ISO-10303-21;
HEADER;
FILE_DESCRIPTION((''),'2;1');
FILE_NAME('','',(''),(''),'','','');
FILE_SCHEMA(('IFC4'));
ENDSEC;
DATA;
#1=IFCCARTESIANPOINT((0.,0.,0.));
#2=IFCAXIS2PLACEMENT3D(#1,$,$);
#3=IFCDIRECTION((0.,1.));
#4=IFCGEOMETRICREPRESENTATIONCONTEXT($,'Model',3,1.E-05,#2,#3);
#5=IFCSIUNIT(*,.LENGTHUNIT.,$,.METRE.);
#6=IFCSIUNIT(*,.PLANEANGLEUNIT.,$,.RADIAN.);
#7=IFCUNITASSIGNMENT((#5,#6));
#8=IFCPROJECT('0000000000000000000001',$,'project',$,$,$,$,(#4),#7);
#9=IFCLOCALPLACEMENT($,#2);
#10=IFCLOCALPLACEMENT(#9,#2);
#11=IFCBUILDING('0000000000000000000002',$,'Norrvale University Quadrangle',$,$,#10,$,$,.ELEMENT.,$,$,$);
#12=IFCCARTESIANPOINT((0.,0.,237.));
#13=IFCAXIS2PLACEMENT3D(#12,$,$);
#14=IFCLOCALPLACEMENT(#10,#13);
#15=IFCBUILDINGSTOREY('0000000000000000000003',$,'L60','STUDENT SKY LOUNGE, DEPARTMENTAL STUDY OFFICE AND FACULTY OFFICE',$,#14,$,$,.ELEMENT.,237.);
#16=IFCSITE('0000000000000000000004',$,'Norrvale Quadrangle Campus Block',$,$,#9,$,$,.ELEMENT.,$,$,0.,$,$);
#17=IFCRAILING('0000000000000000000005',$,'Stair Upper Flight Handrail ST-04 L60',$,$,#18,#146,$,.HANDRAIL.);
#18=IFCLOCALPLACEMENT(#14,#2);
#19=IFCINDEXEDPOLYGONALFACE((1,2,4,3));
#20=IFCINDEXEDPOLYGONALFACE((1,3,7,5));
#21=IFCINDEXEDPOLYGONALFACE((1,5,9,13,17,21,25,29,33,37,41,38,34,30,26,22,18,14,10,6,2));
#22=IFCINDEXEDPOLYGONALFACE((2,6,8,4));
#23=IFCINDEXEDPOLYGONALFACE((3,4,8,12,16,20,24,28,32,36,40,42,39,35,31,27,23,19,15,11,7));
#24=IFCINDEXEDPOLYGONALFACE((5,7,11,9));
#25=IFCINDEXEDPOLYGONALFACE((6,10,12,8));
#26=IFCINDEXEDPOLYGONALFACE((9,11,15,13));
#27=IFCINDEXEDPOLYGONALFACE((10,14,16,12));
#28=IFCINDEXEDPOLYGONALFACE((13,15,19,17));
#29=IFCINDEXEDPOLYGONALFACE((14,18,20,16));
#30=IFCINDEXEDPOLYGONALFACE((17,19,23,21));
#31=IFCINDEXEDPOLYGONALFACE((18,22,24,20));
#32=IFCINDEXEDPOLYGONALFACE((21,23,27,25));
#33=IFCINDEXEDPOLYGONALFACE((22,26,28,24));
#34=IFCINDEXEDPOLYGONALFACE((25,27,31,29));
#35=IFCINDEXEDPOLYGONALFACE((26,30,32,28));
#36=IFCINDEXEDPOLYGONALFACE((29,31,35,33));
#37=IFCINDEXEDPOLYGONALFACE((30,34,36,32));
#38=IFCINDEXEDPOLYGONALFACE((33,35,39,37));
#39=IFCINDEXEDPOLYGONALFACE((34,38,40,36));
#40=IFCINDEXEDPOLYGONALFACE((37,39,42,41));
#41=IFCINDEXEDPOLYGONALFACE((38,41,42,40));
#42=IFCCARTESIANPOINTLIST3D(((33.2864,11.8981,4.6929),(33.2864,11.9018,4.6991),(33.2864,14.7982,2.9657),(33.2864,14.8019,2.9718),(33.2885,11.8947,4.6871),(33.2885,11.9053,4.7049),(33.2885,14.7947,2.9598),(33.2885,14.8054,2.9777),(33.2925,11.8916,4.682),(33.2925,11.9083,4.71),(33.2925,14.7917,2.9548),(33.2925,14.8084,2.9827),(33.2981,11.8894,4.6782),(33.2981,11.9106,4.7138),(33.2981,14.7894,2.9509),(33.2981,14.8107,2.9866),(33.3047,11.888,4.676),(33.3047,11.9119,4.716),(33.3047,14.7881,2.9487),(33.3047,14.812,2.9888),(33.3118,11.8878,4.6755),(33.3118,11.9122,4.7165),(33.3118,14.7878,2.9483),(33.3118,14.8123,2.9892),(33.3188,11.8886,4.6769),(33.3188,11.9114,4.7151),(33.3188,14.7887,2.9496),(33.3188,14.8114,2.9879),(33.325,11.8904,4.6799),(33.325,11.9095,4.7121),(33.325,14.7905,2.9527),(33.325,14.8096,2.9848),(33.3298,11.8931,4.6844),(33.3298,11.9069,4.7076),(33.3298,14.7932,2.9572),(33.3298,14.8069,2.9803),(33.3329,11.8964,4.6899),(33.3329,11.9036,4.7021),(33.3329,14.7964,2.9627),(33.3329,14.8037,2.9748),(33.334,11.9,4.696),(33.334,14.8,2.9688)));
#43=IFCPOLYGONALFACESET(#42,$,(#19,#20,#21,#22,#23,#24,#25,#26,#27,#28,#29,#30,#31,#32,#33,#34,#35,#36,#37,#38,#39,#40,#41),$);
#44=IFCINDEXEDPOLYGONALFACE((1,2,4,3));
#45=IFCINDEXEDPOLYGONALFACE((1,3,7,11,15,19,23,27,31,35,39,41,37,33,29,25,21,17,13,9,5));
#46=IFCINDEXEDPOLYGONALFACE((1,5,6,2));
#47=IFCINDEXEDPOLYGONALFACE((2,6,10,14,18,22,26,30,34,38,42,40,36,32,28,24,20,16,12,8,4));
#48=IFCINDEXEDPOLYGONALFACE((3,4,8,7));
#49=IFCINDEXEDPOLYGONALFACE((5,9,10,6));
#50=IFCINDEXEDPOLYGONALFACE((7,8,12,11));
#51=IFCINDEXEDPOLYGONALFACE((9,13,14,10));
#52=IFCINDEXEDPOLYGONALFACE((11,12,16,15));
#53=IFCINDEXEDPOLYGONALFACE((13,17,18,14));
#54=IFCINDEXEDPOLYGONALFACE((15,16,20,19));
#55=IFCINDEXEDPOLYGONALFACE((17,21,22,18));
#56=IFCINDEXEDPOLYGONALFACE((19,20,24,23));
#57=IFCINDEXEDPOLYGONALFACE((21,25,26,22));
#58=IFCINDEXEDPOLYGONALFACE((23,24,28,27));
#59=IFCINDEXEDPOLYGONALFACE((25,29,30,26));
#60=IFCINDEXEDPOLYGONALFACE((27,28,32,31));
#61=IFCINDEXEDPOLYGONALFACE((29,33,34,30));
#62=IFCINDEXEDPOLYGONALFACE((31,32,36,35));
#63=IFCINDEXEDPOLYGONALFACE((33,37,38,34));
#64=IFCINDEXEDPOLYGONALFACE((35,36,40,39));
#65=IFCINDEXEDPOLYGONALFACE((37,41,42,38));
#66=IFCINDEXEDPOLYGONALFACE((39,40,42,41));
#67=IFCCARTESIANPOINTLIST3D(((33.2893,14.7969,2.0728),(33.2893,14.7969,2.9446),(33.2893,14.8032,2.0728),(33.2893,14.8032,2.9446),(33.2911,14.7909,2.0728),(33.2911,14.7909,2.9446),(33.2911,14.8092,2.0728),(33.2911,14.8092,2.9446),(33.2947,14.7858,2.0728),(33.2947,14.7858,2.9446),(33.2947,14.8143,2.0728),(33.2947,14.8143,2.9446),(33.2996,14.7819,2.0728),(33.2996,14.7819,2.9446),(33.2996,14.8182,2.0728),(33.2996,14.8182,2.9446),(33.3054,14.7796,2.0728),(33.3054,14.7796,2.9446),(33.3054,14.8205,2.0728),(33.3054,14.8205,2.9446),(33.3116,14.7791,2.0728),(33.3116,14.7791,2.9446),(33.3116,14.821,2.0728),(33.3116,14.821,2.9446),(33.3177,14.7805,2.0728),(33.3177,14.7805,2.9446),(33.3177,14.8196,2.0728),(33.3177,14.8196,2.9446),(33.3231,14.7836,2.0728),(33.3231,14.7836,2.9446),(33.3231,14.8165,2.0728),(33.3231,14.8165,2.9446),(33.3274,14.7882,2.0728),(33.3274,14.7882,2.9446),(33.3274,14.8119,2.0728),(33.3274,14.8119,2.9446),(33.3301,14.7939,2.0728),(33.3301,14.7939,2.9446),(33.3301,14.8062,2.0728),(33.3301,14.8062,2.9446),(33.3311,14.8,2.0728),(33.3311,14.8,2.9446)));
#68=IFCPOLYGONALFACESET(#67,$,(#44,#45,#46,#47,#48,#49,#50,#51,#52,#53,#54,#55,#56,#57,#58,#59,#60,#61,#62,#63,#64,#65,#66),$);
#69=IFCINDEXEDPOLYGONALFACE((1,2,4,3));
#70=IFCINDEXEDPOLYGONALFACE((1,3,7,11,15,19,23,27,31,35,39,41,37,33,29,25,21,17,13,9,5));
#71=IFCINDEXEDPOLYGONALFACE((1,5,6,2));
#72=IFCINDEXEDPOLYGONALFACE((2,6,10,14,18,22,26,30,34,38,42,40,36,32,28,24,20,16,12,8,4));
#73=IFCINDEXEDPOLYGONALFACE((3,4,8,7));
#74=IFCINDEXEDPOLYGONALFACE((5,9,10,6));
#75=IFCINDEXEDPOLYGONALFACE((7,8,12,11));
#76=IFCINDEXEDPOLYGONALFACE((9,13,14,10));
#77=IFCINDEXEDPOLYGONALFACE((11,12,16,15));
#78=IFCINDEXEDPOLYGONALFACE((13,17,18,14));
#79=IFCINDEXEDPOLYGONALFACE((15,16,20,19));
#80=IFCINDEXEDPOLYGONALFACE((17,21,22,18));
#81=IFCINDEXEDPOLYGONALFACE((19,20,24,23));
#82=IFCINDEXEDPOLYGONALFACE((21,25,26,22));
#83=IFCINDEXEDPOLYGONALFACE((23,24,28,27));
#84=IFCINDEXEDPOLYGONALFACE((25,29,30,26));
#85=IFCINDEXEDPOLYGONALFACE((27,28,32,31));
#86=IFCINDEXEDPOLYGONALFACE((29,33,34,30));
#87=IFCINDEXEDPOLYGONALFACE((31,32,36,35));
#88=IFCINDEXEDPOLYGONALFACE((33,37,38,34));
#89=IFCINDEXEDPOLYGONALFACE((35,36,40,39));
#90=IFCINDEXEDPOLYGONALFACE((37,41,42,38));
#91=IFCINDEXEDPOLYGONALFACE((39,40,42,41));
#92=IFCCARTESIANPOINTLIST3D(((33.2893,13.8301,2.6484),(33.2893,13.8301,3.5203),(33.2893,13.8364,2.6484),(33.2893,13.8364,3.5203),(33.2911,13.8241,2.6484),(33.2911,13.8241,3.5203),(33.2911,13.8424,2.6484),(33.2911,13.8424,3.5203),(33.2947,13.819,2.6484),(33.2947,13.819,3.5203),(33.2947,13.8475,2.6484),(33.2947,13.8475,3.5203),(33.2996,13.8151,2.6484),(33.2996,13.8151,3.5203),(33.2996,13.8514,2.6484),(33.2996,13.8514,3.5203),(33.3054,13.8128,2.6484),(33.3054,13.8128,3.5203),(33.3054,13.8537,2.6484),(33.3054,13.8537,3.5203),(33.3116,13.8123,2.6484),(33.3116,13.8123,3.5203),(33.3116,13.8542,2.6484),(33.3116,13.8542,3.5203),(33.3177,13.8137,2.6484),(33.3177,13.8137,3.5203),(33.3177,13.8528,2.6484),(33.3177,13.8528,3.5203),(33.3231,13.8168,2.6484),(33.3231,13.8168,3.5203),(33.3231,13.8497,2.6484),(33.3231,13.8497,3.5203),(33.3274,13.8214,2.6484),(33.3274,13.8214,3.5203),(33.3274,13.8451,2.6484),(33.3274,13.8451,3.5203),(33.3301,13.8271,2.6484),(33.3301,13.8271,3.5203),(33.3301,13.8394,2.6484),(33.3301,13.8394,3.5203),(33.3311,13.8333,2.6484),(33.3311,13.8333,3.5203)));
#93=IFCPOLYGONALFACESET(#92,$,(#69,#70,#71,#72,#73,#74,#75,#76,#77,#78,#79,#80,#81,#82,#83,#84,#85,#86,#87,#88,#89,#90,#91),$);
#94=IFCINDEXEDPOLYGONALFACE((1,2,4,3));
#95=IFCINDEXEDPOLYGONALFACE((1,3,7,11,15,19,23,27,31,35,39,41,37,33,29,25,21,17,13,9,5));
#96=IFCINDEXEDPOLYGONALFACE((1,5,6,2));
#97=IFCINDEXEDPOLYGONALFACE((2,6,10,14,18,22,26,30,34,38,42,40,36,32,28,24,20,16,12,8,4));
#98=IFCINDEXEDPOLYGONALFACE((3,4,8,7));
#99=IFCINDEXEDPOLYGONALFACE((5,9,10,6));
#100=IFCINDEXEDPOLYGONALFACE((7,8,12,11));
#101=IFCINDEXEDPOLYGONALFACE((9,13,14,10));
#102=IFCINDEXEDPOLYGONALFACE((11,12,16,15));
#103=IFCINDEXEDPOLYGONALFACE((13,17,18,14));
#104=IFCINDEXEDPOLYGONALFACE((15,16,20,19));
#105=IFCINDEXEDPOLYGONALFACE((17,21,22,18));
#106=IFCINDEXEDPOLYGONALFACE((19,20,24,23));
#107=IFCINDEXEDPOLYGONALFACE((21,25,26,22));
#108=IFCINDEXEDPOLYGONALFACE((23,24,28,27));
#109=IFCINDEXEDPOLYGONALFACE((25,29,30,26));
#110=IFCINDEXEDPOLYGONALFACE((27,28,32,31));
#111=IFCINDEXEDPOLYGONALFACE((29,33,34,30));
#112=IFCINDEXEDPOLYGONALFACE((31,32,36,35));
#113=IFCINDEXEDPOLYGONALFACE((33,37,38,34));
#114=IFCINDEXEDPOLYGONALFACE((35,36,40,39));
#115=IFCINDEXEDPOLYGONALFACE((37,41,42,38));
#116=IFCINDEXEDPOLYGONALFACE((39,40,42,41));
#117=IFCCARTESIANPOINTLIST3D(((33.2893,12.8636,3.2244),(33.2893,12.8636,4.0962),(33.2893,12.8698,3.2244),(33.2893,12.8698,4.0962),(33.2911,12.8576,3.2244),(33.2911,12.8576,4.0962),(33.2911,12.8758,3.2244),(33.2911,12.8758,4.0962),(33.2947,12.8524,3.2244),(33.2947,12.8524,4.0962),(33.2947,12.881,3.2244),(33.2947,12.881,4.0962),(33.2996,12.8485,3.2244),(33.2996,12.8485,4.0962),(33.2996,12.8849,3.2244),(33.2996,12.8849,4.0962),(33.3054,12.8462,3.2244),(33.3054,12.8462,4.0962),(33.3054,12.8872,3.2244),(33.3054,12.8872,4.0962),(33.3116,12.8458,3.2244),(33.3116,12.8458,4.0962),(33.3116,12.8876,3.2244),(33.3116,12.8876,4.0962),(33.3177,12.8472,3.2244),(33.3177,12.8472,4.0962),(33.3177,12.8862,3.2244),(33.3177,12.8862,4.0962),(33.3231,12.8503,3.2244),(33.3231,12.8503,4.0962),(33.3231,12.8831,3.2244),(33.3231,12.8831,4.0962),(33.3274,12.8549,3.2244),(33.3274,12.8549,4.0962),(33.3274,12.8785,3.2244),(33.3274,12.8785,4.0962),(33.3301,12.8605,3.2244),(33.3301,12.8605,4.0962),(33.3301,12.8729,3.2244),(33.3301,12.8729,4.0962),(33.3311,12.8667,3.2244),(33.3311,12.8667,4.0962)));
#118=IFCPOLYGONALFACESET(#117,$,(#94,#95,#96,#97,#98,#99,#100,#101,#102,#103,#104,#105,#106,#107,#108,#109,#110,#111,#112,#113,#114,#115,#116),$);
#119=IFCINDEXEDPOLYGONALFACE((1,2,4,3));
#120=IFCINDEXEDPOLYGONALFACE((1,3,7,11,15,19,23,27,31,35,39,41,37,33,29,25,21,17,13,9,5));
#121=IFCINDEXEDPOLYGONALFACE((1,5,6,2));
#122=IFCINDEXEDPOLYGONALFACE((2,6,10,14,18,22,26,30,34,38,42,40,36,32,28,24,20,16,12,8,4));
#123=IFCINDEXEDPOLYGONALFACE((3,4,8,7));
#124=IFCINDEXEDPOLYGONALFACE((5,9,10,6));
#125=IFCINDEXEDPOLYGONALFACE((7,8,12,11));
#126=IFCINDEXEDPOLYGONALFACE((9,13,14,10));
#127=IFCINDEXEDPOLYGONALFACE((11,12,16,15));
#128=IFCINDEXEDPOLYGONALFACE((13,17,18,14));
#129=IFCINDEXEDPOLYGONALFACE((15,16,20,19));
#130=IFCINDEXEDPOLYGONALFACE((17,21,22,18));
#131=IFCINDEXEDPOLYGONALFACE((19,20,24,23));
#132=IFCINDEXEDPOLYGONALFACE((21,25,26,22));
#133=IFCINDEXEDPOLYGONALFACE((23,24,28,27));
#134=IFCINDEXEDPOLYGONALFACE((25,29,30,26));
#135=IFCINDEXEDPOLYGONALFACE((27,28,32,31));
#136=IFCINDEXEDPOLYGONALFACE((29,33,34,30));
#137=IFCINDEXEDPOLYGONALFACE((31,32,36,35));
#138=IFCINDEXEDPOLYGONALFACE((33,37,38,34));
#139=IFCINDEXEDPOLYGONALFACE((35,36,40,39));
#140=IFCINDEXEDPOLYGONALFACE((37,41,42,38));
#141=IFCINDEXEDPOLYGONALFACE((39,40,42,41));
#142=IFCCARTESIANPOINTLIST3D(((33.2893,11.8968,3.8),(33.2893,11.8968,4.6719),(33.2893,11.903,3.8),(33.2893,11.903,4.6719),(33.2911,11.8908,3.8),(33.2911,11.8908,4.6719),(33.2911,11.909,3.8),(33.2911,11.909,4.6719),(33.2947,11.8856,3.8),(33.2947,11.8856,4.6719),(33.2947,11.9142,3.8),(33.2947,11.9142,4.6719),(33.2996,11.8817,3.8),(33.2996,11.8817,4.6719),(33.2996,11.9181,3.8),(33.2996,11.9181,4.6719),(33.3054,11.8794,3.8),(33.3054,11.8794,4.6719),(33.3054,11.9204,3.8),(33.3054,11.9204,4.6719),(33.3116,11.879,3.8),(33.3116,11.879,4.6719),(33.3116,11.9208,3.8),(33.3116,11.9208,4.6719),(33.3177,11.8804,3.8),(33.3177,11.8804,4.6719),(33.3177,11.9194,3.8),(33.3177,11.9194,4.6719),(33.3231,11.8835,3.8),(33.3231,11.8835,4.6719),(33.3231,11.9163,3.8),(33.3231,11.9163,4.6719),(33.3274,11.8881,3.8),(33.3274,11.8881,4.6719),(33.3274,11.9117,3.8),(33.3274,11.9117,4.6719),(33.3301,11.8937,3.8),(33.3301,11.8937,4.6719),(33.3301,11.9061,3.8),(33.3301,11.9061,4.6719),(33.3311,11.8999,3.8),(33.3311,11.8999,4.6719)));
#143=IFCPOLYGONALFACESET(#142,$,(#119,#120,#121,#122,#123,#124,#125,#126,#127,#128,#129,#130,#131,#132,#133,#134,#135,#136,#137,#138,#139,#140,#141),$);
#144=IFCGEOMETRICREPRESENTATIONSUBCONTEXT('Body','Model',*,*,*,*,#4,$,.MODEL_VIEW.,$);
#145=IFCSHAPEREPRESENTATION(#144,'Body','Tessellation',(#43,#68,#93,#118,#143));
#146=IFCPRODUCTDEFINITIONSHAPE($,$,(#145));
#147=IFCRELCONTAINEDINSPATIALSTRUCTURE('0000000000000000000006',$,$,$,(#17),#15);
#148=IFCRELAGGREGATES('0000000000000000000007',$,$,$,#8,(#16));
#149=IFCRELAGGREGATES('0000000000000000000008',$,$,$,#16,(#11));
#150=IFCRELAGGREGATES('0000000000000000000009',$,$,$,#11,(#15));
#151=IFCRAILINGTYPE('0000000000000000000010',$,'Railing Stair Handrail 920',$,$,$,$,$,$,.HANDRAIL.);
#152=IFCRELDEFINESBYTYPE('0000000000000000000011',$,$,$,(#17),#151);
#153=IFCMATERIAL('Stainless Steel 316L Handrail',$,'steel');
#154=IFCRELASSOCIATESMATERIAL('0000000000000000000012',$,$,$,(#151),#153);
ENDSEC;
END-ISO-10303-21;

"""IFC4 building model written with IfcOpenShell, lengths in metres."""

from ifc_helpers import new_model, si_unit, direction, frame, origin, origin_2d, place, context, subcontext, project, spatial, circle, extrude, material, type_object, element, save


model = new_model("IFC4")

# Units and contexts
model_context = context("Model", 3, precision=1e-05, world=origin(), true_north=direction((0.0, 1.0)))
body_context = subcontext(model_context, "Body", "Model", "MODEL_VIEW")
ifc_project = project(units=[si_unit("LENGTHUNIT", "METRE"), si_unit("PLANEANGLEUNIT", "RADIAN")], contexts=[model_context])

# Site, building, storey
site_placement = place(None, origin())
site = spatial("IfcSite", under=ifc_project, at=site_placement, Name="Norrvale Quadrangle Campus Block", CompositionType="ELEMENT", RefElevation=0.0)
building_placement = place(site_placement, origin())
building = spatial("IfcBuilding", under=site, at=building_placement, Name="Norrvale University Quadrangle", CompositionType="ELEMENT")
storey_placement = place(building_placement, frame((0.0, 0.0, 237.0)))
storey = spatial("IfcBuildingStorey", under=building, at=storey_placement, Name="L60", Description="STUDENT SKY LOUNGE, DEPARTMENTAL STUDY OFFICE AND FACULTY OFFICE", CompositionType="ELEMENT", Elevation=237.0)

# Railing
ifc_material_1 = material(Name="Stainless Steel 316L Handrail", Category="steel")
railing_type_1 = type_object("IfcRailingType", Name="Railing Stair Handrail 920", PredefinedType="HANDRAIL", material=ifc_material_1)
railing_1_placement = place(storey_placement, frame((33.3101, 14.8, 2.0728)))
element("IfcRailing", 1, at=railing_1_placement, inside=storey, type_object=railing_type_1, Name="Stair Upper Flight Handrail ST-04 L60", PredefinedType="HANDRAIL", context=body_context, shape_type="SweptSolid", body=[
    extrude(circle(Radius=0.0239, at=origin_2d()), frame((0.0, 0.0, 0.896), z_axis=(0.0, -0.85916, 0.511706), x_axis=(1.0, 0.0, 0.0)), (0.0, 0.0, 1.0), 3.3755),
    extrude(circle(Radius=0.021, at=origin_2d()), origin(), (0.0, 0.0, 1.0), 0.8718),
    extrude(circle(Radius=0.021, at=origin_2d()), frame((0.0, -0.9668, 0.5757)), (0.0, 0.0, 1.0), 0.8718),
    extrude(circle(Radius=0.021, at=origin_2d()), frame((0.0, -1.9333, 1.1516)), (0.0, 0.0, 1.0), 0.8718),
    extrude(circle(Radius=0.021, at=origin_2d()), frame((0.0, -2.9001, 1.7273)), (0.0, 0.0, 1.0), 0.8718),
])

save(model, "model.ifc")
